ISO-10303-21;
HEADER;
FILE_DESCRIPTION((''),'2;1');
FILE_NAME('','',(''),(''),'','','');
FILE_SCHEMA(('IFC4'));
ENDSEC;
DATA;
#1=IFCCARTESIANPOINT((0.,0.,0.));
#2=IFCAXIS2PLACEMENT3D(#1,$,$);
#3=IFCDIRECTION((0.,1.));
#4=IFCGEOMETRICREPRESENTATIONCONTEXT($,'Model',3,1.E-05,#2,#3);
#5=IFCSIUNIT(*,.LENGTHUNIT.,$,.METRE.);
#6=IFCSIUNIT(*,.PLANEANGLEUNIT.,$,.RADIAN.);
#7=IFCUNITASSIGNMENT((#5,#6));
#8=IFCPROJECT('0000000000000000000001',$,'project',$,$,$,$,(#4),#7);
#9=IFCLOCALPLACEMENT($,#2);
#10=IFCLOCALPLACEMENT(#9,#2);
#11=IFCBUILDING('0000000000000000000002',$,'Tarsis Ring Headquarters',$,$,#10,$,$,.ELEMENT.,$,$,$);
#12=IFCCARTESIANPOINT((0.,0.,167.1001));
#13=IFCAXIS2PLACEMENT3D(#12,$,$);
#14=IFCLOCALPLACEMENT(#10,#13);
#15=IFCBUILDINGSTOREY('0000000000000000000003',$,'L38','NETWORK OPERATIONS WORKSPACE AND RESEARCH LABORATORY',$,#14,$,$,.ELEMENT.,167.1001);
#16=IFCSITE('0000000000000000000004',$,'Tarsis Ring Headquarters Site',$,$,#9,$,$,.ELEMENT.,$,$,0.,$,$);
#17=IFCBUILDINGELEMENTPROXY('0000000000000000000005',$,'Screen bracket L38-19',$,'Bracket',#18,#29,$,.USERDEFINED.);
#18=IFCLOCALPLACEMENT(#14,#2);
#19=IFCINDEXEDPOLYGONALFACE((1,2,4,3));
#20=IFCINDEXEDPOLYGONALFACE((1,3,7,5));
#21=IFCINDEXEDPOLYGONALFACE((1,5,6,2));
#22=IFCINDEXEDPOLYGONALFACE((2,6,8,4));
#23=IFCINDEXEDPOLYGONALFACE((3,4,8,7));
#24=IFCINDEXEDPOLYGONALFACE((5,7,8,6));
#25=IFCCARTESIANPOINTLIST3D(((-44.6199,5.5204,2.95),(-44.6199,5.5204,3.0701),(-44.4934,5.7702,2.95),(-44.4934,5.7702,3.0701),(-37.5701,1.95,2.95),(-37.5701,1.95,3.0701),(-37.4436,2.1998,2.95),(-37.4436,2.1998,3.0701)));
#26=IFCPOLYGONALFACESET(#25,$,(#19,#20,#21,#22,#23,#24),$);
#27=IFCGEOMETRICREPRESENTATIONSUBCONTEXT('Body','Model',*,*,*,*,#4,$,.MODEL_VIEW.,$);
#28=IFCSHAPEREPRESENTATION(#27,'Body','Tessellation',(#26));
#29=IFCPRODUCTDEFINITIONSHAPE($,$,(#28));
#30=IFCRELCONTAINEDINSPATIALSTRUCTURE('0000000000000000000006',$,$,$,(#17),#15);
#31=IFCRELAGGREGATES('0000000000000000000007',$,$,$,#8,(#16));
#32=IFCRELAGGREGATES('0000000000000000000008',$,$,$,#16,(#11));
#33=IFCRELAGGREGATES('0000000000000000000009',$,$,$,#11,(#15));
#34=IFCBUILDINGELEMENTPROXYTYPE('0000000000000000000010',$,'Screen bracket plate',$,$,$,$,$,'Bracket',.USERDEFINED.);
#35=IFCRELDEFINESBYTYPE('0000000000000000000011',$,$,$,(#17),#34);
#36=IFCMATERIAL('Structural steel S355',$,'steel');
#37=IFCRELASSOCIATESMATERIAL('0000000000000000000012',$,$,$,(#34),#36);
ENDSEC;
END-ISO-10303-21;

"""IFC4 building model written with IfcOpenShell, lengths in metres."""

from ifc_helpers import new_model, si_unit, direction, frame, origin, origin_2d, place, context, subcontext, project, spatial, rectangle, extrude, material, type_object, element, save


model = new_model("IFC4")

# Units and contexts
model_context = context("Model", 3, precision=1e-05, world=origin(), true_north=direction((0.0, 1.0)))
body_context = subcontext(model_context, "Body", "Model", "MODEL_VIEW")
ifc_project = project(units=[si_unit("LENGTHUNIT", "METRE"), si_unit("PLANEANGLEUNIT", "RADIAN")], contexts=[model_context])

# Site, building, storey
site_placement = place(None, origin())
site = spatial("IfcSite", under=ifc_project, at=site_placement, Name="Tarsis Ring Headquarters Site", CompositionType="ELEMENT", RefElevation=0.0)
building_placement = place(site_placement, origin())
building = spatial("IfcBuilding", under=site, at=building_placement, Name="Tarsis Ring Headquarters", CompositionType="ELEMENT")
storey_placement = place(building_placement, frame((0.0, 0.0, 167.1001)))
storey = spatial("IfcBuildingStorey", under=building, at=storey_placement, Name="L38", Description="NETWORK OPERATIONS WORKSPACE AND RESEARCH LABORATORY", CompositionType="ELEMENT", Elevation=167.1001)

# Shared definitions
ifc_material_1 = material(Name="Structural steel S355", Category="steel")

# Building element proxy
building_element_proxy_type = type_object("IfcBuildingElementProxyType", Name="Screen bracket plate", ElementType="Bracket", PredefinedType="USERDEFINED", material=ifc_material_1)
proxy_placement = place(storey_placement, frame((-41.0317, 3.8601, 2.95), z_axis=(0.0, 0.0, 1.0), x_axis=(0.892113, -0.451812, 0.0)))
element("IfcBuildingElementProxy", 1, at=proxy_placement, inside=storey, type_object=building_element_proxy_type, Name="Screen bracket L38-19", ObjectType="Bracket", PredefinedType="USERDEFINED", context=body_context, shape_type="SweptSolid", body=[
    extrude(rectangle(XDim=7.9023, YDim=0.28, at=origin_2d()), origin(), (0.0, 0.0, 1.0), 0.1201),
])

save(model, "model.ifc")
